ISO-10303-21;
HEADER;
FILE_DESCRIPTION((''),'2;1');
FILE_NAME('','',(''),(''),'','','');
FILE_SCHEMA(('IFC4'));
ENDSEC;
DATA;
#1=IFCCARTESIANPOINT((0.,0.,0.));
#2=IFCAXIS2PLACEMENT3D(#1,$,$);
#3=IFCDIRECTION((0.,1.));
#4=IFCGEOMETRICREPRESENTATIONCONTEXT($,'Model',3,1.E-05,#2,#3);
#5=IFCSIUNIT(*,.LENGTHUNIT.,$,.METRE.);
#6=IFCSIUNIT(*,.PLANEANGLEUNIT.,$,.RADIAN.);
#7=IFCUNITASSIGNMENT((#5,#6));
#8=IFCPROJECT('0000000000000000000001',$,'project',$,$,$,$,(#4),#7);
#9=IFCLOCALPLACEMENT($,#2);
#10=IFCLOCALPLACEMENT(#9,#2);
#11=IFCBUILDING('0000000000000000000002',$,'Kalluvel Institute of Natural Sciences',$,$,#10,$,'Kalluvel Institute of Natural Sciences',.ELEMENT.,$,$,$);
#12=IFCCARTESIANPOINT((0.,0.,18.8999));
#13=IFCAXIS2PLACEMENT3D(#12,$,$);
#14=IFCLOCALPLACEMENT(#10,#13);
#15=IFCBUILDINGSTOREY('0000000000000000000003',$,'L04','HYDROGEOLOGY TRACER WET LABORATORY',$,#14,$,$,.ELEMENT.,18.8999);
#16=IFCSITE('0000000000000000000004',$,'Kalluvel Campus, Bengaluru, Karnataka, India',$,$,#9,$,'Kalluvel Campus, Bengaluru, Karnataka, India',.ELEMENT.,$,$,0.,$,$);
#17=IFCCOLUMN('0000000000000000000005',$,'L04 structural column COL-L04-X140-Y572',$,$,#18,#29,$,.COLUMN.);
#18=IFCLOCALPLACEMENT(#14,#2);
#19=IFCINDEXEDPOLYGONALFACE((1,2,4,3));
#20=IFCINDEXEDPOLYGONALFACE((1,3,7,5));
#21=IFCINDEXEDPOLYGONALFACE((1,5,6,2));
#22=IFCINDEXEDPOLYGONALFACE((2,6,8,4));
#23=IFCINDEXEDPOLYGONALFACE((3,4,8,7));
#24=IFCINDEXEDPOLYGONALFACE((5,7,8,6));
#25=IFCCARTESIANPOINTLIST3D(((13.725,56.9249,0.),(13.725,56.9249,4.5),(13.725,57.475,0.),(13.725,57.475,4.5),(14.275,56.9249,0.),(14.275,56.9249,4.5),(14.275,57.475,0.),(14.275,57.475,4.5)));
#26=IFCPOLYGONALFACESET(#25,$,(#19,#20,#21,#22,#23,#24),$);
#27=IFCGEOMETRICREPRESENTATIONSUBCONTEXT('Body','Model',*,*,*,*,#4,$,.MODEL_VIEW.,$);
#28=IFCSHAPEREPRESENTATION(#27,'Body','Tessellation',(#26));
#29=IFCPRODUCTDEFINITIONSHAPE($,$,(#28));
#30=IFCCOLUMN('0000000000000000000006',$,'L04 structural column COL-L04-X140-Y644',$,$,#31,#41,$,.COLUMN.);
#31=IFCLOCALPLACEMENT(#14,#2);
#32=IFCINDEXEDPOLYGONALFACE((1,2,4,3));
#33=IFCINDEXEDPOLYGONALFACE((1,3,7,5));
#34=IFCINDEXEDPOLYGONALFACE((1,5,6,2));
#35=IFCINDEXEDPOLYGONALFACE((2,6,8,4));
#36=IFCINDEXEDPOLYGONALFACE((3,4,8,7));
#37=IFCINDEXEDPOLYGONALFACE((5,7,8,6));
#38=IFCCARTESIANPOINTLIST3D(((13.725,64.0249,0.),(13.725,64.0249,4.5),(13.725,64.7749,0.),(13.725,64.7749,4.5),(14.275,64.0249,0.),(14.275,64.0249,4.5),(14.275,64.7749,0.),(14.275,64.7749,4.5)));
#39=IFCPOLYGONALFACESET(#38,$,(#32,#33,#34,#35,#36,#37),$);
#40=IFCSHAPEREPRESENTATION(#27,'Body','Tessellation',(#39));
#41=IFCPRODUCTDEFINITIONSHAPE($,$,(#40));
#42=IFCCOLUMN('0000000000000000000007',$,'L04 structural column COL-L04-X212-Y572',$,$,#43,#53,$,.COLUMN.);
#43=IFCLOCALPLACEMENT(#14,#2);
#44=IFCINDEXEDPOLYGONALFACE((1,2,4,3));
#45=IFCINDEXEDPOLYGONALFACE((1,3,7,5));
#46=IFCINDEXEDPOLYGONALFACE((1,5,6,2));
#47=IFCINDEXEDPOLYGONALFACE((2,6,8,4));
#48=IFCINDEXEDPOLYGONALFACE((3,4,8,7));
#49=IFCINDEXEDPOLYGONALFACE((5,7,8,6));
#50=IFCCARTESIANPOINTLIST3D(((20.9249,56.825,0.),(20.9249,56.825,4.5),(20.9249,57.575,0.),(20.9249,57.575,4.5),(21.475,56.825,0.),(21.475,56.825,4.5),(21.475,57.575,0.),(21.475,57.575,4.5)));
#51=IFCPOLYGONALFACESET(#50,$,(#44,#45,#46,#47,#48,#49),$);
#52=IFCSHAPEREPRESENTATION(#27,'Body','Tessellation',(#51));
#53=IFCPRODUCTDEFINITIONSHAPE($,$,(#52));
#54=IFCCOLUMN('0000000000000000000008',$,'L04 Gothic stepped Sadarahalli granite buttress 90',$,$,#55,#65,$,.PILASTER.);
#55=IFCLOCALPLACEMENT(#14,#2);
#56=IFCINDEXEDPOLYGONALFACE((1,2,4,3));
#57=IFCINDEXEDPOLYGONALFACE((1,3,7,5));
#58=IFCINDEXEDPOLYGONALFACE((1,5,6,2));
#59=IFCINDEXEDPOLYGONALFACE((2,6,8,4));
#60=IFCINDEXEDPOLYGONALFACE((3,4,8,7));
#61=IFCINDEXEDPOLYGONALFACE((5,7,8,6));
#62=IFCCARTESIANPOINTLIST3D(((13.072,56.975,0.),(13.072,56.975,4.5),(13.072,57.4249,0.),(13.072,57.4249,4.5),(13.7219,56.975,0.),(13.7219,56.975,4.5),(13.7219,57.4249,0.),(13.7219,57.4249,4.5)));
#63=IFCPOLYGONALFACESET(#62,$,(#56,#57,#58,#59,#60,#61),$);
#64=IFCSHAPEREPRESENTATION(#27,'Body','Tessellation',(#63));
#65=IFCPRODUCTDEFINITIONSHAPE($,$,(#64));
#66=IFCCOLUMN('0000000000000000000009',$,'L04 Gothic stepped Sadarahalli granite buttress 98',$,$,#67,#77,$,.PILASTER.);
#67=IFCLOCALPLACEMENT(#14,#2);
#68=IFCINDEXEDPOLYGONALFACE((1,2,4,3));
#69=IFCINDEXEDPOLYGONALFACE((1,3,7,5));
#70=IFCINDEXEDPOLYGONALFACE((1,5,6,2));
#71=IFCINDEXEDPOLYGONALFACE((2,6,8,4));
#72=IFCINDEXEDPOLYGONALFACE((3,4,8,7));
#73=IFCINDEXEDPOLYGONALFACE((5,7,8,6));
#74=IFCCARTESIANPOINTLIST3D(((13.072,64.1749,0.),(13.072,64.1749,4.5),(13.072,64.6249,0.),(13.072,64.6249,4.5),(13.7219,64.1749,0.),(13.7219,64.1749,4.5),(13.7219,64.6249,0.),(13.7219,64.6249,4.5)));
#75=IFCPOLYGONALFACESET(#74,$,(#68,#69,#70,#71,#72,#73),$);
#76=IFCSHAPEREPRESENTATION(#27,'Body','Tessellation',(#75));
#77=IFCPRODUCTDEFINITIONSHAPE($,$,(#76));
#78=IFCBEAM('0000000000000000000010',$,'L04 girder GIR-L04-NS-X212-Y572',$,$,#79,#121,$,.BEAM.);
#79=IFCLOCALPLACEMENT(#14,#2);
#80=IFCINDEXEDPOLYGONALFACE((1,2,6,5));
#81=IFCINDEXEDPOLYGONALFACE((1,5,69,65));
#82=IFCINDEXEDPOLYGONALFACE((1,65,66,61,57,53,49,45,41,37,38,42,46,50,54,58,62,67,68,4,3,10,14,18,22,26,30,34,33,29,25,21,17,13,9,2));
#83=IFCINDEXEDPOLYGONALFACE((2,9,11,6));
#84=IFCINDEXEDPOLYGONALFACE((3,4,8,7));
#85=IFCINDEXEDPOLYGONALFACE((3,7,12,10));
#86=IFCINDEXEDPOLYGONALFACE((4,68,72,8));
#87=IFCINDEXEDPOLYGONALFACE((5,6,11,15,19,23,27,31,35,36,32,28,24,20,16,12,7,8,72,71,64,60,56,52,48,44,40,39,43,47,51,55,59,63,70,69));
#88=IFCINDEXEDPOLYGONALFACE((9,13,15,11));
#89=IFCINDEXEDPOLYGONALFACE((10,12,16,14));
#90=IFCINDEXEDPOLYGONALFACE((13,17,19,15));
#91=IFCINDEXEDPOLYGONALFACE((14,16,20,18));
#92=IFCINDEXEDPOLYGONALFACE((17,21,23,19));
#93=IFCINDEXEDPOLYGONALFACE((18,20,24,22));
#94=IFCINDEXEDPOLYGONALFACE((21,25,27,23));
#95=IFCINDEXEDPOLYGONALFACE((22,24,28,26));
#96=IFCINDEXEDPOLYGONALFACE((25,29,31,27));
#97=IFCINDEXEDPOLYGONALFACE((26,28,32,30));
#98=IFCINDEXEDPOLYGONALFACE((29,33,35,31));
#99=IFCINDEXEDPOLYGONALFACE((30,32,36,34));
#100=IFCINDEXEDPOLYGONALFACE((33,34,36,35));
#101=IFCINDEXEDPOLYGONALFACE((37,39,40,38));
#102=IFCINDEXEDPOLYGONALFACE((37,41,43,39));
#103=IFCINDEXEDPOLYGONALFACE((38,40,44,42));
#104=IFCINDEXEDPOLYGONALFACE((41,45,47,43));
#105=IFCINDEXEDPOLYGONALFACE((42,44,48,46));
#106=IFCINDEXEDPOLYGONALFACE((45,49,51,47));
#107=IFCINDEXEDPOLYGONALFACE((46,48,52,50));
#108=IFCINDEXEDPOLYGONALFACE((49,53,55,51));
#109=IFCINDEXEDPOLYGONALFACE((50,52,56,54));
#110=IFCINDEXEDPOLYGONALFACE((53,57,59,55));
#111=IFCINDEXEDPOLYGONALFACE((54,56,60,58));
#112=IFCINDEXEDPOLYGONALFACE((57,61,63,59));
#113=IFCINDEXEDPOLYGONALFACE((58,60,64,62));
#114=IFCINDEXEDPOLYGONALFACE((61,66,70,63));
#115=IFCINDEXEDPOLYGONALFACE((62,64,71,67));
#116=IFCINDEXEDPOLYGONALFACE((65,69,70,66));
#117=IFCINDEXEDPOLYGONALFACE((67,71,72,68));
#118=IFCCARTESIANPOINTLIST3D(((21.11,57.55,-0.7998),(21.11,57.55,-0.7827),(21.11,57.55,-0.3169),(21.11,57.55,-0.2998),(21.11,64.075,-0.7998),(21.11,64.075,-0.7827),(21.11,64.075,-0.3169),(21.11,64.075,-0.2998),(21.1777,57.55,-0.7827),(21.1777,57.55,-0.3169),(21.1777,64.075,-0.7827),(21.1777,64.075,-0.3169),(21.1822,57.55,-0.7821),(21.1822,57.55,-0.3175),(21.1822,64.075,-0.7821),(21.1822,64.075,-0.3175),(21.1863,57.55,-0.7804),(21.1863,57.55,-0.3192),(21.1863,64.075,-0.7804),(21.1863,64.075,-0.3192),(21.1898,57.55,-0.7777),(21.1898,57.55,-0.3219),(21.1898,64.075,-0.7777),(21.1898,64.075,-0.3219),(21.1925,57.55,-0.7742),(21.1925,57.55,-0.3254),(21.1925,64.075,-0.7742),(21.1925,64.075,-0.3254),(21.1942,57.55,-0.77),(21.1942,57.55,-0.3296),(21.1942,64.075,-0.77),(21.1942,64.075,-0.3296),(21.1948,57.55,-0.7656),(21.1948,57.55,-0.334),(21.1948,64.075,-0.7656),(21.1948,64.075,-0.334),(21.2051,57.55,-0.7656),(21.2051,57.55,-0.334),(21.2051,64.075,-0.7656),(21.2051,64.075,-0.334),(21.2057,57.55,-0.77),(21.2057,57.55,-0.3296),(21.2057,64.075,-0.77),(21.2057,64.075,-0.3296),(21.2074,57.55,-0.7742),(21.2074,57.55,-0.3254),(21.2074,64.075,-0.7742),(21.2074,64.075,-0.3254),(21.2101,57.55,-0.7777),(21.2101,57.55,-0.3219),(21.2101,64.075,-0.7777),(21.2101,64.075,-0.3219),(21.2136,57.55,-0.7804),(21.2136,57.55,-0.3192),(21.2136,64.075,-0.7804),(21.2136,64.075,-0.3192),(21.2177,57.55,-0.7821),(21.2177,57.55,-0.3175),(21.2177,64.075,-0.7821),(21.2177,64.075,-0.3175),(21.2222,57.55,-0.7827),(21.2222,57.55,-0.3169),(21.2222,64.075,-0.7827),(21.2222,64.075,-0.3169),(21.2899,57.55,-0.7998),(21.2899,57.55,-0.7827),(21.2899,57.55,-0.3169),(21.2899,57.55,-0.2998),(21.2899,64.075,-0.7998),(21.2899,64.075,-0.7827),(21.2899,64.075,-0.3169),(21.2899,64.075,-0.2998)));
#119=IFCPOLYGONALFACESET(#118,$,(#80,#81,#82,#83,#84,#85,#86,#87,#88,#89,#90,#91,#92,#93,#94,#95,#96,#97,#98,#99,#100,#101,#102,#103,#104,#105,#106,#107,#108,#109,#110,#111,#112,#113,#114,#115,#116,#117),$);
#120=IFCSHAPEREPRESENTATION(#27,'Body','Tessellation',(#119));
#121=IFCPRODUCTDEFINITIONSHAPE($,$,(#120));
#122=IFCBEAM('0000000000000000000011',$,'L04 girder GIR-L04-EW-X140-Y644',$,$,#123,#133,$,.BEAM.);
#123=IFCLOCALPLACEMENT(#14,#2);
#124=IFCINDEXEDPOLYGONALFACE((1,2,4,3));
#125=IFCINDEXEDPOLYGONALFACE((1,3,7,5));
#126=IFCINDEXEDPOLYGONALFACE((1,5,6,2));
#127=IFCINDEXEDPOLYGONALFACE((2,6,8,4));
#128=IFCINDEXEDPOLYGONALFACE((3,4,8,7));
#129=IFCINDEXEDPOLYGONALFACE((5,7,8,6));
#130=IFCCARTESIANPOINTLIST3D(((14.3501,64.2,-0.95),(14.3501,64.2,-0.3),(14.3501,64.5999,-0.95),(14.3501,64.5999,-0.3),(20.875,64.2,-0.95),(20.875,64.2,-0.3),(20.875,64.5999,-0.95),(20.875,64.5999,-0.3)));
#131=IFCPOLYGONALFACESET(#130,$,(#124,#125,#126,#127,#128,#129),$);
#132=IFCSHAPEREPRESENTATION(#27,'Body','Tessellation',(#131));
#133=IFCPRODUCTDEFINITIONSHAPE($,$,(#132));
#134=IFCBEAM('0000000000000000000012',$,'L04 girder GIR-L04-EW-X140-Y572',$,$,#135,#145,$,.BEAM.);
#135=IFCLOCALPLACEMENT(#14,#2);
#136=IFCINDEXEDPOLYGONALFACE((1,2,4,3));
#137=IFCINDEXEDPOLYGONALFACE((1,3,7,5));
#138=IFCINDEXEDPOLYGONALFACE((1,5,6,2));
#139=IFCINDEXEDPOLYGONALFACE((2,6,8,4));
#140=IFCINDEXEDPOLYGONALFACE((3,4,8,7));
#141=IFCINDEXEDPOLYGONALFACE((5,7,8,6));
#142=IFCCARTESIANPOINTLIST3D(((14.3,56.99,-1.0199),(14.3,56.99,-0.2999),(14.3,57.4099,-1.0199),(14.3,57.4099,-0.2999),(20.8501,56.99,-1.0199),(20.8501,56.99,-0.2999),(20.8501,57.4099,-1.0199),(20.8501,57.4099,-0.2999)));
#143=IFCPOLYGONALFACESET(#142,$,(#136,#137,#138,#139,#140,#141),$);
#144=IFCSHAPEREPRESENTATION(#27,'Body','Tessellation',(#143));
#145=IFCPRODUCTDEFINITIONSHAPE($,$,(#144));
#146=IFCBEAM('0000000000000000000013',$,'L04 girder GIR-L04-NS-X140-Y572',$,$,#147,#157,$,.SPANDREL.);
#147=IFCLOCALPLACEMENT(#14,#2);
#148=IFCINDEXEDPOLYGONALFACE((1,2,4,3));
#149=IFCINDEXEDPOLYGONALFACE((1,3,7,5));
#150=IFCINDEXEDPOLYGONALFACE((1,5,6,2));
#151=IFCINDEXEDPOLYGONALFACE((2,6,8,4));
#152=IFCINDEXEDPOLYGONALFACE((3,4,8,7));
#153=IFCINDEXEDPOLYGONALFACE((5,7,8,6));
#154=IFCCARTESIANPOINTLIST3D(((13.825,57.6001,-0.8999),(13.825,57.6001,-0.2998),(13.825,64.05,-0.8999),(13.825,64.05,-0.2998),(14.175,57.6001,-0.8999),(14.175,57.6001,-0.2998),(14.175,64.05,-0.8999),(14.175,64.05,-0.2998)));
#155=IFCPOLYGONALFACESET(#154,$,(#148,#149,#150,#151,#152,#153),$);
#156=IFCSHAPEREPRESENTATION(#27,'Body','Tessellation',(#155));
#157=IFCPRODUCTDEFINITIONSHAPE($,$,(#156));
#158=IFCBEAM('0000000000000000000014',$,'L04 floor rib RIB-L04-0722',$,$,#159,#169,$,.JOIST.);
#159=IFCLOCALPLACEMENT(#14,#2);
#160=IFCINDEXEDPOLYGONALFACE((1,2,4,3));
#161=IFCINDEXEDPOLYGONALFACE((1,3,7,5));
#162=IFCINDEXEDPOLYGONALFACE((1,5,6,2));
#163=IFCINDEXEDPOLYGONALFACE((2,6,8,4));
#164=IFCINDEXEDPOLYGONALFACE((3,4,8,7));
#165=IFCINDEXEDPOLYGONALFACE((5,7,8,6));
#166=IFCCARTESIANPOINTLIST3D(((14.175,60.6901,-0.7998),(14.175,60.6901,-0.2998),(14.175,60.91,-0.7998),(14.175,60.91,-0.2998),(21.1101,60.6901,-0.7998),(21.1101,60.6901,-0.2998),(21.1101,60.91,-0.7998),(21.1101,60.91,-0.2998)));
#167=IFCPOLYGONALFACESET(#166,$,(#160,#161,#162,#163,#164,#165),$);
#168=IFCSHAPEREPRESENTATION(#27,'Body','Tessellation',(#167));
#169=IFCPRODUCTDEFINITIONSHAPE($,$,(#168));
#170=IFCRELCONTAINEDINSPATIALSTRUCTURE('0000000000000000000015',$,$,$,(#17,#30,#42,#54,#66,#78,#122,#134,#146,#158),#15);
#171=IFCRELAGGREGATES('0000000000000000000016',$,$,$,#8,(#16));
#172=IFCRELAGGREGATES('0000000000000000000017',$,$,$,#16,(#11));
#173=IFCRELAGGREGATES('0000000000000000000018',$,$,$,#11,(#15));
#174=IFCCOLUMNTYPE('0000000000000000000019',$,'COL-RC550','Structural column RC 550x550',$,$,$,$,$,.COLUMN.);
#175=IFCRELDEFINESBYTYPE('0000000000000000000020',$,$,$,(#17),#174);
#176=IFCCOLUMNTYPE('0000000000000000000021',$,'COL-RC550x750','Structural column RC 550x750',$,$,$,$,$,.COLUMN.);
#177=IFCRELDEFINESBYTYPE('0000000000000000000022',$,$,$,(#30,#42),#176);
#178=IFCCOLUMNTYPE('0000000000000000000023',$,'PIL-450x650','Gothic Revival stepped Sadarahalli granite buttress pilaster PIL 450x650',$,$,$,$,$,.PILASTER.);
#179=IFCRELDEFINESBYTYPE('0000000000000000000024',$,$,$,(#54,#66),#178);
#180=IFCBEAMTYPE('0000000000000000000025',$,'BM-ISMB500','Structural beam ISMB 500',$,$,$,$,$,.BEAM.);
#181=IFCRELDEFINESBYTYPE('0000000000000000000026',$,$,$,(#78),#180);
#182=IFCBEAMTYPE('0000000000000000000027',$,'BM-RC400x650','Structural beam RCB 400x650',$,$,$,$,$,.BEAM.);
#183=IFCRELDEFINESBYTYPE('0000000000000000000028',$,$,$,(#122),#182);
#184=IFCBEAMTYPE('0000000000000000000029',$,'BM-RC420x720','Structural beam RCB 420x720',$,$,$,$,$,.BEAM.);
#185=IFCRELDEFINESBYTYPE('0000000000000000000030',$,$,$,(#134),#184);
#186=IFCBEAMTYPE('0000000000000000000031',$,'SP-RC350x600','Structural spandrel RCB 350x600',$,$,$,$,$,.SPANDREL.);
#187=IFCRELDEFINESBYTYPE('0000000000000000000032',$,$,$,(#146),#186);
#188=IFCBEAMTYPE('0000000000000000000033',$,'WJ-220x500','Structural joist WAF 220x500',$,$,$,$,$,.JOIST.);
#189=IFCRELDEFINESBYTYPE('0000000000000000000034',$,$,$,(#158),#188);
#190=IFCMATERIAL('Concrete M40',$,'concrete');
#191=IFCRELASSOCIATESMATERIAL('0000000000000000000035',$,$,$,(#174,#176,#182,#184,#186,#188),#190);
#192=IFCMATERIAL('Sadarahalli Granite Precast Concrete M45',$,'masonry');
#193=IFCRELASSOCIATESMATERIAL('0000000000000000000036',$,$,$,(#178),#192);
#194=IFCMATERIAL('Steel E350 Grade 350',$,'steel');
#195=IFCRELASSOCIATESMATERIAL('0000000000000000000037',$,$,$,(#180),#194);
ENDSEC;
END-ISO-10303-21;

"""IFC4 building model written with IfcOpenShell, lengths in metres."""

from ifc_helpers import new_model, si_unit, direction, frame, origin, origin_2d, place, context, subcontext, project, spatial, rectangle, i_section, extrude, material, material_profile, profile_set, type_object, element, save


model = new_model("IFC4")

# Units and contexts
model_context = context("Model", 3, precision=1e-05, world=origin(), true_north=direction((0.0, 1.0)))
body_context = subcontext(model_context, "Body", "Model", "MODEL_VIEW")
ifc_project = project(units=[si_unit("LENGTHUNIT", "METRE"), si_unit("PLANEANGLEUNIT", "RADIAN")], contexts=[model_context])

# Site, building, storey
site_placement = place(None, origin())
site = spatial("IfcSite", under=ifc_project, at=site_placement, Name="Kalluvel Campus, Bengaluru, Karnataka, India", LongName="Kalluvel Campus, Bengaluru, Karnataka, India", CompositionType="ELEMENT", RefElevation=0.0)
building_placement = place(site_placement, origin())
building = spatial("IfcBuilding", under=site, at=building_placement, Name="Kalluvel Institute of Natural Sciences", LongName="Kalluvel Institute of Natural Sciences", CompositionType="ELEMENT")
storey_placement = place(building_placement, frame((0.0, 0.0, 18.8999)))
storey = spatial("IfcBuildingStorey", under=building, at=storey_placement, Name="L04", Description="HYDROGEOLOGY TRACER WET LABORATORY", CompositionType="ELEMENT", Elevation=18.8999)

# Columns
ifc_material_1 = material(Name="Concrete M40", Category="concrete")
ifc_material_profile_1 = material_profile(ifc_material_1, rectangle(XDim=0.55, YDim=0.55, at=origin_2d()), Name="RC 550x550")
ifc_profile_set_1 = profile_set([ifc_material_profile_1], Name="Concrete M40")
column_type_1 = type_object("IfcColumnType", Name="COL-RC550", Description="Structural column RC 550x550", PredefinedType="COLUMN", material=ifc_profile_set_1)
column_placement = place(storey_placement, frame((14.0, 57.2, 0.0), z_axis=(0.0, 0.0, 1.0), x_axis=(1.0, 0.0, 0.0)))
element("IfcColumn", 1, at=column_placement, inside=storey, type_object=column_type_1, Name="L04 structural column COL-L04-X140-Y572", PredefinedType="COLUMN", context=body_context, shape_type="SweptSolid", body=[
    extrude(rectangle(XDim=0.55, YDim=0.55, at=origin_2d()), origin(), (0.0, 0.0, 1.0), 4.5),
])
ifc_material_profile_2 = material_profile(ifc_material_1, rectangle(XDim=0.55, YDim=0.75, at=origin_2d()), Name="RC 550x750")
ifc_profile_set_2 = profile_set([ifc_material_profile_2], Name="Concrete M40")
column_type_2 = type_object("IfcColumnType", Name="COL-RC550x750", Description="Structural column RC 550x750", PredefinedType="COLUMN", material=ifc_profile_set_2)
for number, where, z_axis, x_axis, name in (
    (2, (14.0, 64.3999, 0.0), (0.0, 0.0, 1.0), (1.0, 0.0, 0.0), "L04 structural column COL-L04-X140-Y644"),
    (3, (21.2, 57.2, 0.0), (0.0, 0.0, 1.0), (1.0, 0.0, 0.0), "L04 structural column COL-L04-X212-Y572"),
):
    element("IfcColumn", number, at=place(storey_placement, frame(where, z_axis=z_axis, x_axis=x_axis)), inside=storey, type_object=column_type_2, Name=name, PredefinedType="COLUMN", context=body_context, shape_type="SweptSolid", body=[
        extrude(rectangle(XDim=0.55, YDim=0.75, at=origin_2d()), origin(), (0.0, 0.0, 1.0), 4.5),
    ])
ifc_material_2 = material(Name="Sadarahalli Granite Precast Concrete M45", Category="masonry")
ifc_material_profile_3 = material_profile(ifc_material_2, rectangle(XDim=0.45, YDim=0.6499, at=origin_2d()), Name="PIL 450x650")
ifc_profile_set_3 = profile_set([ifc_material_profile_3], Name="Sadarahalli Granite Precast Concrete M45")
column_type_3 = type_object("IfcColumnType", Name="PIL-450x650", Description="Gothic Revival stepped Sadarahalli granite buttress pilaster PIL 450x650", PredefinedType="PILASTER", material=ifc_profile_set_3)
for number, where, z_axis, x_axis, name in (
    (4, (13.397, 57.2, 0.0), (0.0, 0.0, 1.0), (0.0, 1.0, 0.0), "L04 Gothic stepped Sadarahalli granite buttress 90"),
    (5, (13.397, 64.3999, 0.0), (0.0, 0.0, 1.0), (0.0, 1.0, 0.0), "L04 Gothic stepped Sadarahalli granite buttress 98"),
):
    element("IfcColumn", number, at=place(storey_placement, frame(where, z_axis=z_axis, x_axis=x_axis)), inside=storey, type_object=column_type_3, Name=name, PredefinedType="PILASTER", context=body_context, shape_type="SweptSolid", body=[
        extrude(rectangle(XDim=0.45, YDim=0.6499, at=origin_2d()), origin(), (0.0, 0.0, 1.0), 4.5),
    ])

# Beams
ifc_material_3 = material(Name="Steel E350 Grade 350", Category="steel")
ifc_material_profile_4 = material_profile(ifc_material_3, i_section(OverallWidth=0.1799, OverallDepth=0.5, WebThickness=0.0103, FlangeThickness=0.0171, FilletRadius=0.0171, at=origin_2d()), Name="ISMB 500")
ifc_profile_set_4 = profile_set([ifc_material_profile_4], Name="Steel E350 Grade 350")
beam_type_1 = type_object("IfcBeamType", Name="BM-ISMB500", Description="Structural beam ISMB 500", PredefinedType="BEAM", material=ifc_profile_set_4)
beam_1_placement = place(storey_placement, frame((21.2, 57.55, -0.5498), z_axis=(0.0, 1.0, 0.0), x_axis=(-1.0, 0.0, 0.0)))
element("IfcBeam", 6, at=beam_1_placement, inside=storey, type_object=beam_type_1, Name="L04 girder GIR-L04-NS-X212-Y572", PredefinedType="BEAM", context=body_context, shape_type="SweptSolid", body=[
    extrude(i_section(OverallWidth=0.1799, OverallDepth=0.5, WebThickness=0.0103, FlangeThickness=0.0171, FilletRadius=0.0171, at=origin_2d()), origin(), (0.0, 0.0, 1.0), 6.5249),
])
ifc_material_profile_5 = material_profile(ifc_material_1, rectangle(XDim=0.3999, YDim=0.6499, at=origin_2d()), Name="RCB 400x650")
ifc_profile_set_5 = profile_set([ifc_material_profile_5], Name="Concrete M40")
beam_type_2 = type_object("IfcBeamType", Name="BM-RC400x650", Description="Structural beam RCB 400x650", PredefinedType="BEAM", material=ifc_profile_set_5)
beam_2_placement = place(storey_placement, frame((14.3501, 64.3999, -0.625), z_axis=(1.0, 0.0, 0.0), x_axis=(0.0, 1.0, 0.0)))
element("IfcBeam", 7, at=beam_2_placement, inside=storey, type_object=beam_type_2, Name="L04 girder GIR-L04-EW-X140-Y644", PredefinedType="BEAM", context=body_context, shape_type="SweptSolid", body=[
    extrude(rectangle(XDim=0.3999, YDim=0.6499, at=origin_2d()), origin(), (0.0, 0.0, 1.0), 6.5249),
])
ifc_material_profile_6 = material_profile(ifc_material_1, rectangle(XDim=0.4199, YDim=0.72, at=origin_2d()), Name="RCB 420x720")
ifc_profile_set_6 = profile_set([ifc_material_profile_6], Name="Concrete M40")
beam_type_3 = type_object("IfcBeamType", Name="BM-RC420x720", Description="Structural beam RCB 420x720", PredefinedType="BEAM", material=ifc_profile_set_6)
beam_3_placement = place(storey_placement, frame((14.3, 57.2, -0.6599), z_axis=(1.0, 0.0, 0.0), x_axis=(0.0, 1.0, 0.0)))
element("IfcBeam", 8, at=beam_3_placement, inside=storey, type_object=beam_type_3, Name="L04 girder GIR-L04-EW-X140-Y572", PredefinedType="BEAM", context=body_context, shape_type="SweptSolid", body=[
    extrude(rectangle(XDim=0.4199, YDim=0.72, at=origin_2d()), origin(), (0.0, 0.0, 1.0), 6.55),
])
ifc_material_profile_7 = material_profile(ifc_material_1, rectangle(XDim=0.3501, YDim=0.6001, at=origin_2d()), Name="RCB 350x600")
ifc_profile_set_7 = profile_set([ifc_material_profile_7], Name="Concrete M40")
beam_type_4 = type_object("IfcBeamType", Name="SP-RC350x600", Description="Structural spandrel RCB 350x600", PredefinedType="SPANDREL", material=ifc_profile_set_7)
beam_4_placement = place(storey_placement, frame((14.0, 57.6001, -0.5999), z_axis=(0.0, 1.0, 0.0), x_axis=(-1.0, 0.0, 0.0)))
element("IfcBeam", 9, at=beam_4_placement, inside=storey, type_object=beam_type_4, Name="L04 girder GIR-L04-NS-X140-Y572", PredefinedType="SPANDREL", context=body_context, shape_type="SweptSolid", body=[
    extrude(rectangle(XDim=0.3501, YDim=0.6001, at=origin_2d()), origin(), (0.0, 0.0, 1.0), 6.45),
])
ifc_material_profile_8 = material_profile(ifc_material_1, rectangle(XDim=0.22, YDim=0.5, at=origin_2d()), Name="WAF 220x500")
ifc_profile_set_8 = profile_set([ifc_material_profile_8], Name="Concrete M40")
beam_type_5 = type_object("IfcBeamType", Name="WJ-220x500", Description="Structural joist WAF 220x500", PredefinedType="JOIST", material=ifc_profile_set_8)
beam_5_placement = place(storey_placement, frame((14.175, 60.8, -0.5498), z_axis=(1.0, 0.0, 0.0), x_axis=(0.0, 1.0, 0.0)))
element("IfcBeam", 10, at=beam_5_placement, inside=storey, type_object=beam_type_5, Name="L04 floor rib RIB-L04-0722", PredefinedType="JOIST", context=body_context, shape_type="SweptSolid", body=[
    extrude(rectangle(XDim=0.22, YDim=0.5, at=origin_2d()), origin(), (0.0, 0.0, 1.0), 6.9351),
])

save(model, "model.ifc")
